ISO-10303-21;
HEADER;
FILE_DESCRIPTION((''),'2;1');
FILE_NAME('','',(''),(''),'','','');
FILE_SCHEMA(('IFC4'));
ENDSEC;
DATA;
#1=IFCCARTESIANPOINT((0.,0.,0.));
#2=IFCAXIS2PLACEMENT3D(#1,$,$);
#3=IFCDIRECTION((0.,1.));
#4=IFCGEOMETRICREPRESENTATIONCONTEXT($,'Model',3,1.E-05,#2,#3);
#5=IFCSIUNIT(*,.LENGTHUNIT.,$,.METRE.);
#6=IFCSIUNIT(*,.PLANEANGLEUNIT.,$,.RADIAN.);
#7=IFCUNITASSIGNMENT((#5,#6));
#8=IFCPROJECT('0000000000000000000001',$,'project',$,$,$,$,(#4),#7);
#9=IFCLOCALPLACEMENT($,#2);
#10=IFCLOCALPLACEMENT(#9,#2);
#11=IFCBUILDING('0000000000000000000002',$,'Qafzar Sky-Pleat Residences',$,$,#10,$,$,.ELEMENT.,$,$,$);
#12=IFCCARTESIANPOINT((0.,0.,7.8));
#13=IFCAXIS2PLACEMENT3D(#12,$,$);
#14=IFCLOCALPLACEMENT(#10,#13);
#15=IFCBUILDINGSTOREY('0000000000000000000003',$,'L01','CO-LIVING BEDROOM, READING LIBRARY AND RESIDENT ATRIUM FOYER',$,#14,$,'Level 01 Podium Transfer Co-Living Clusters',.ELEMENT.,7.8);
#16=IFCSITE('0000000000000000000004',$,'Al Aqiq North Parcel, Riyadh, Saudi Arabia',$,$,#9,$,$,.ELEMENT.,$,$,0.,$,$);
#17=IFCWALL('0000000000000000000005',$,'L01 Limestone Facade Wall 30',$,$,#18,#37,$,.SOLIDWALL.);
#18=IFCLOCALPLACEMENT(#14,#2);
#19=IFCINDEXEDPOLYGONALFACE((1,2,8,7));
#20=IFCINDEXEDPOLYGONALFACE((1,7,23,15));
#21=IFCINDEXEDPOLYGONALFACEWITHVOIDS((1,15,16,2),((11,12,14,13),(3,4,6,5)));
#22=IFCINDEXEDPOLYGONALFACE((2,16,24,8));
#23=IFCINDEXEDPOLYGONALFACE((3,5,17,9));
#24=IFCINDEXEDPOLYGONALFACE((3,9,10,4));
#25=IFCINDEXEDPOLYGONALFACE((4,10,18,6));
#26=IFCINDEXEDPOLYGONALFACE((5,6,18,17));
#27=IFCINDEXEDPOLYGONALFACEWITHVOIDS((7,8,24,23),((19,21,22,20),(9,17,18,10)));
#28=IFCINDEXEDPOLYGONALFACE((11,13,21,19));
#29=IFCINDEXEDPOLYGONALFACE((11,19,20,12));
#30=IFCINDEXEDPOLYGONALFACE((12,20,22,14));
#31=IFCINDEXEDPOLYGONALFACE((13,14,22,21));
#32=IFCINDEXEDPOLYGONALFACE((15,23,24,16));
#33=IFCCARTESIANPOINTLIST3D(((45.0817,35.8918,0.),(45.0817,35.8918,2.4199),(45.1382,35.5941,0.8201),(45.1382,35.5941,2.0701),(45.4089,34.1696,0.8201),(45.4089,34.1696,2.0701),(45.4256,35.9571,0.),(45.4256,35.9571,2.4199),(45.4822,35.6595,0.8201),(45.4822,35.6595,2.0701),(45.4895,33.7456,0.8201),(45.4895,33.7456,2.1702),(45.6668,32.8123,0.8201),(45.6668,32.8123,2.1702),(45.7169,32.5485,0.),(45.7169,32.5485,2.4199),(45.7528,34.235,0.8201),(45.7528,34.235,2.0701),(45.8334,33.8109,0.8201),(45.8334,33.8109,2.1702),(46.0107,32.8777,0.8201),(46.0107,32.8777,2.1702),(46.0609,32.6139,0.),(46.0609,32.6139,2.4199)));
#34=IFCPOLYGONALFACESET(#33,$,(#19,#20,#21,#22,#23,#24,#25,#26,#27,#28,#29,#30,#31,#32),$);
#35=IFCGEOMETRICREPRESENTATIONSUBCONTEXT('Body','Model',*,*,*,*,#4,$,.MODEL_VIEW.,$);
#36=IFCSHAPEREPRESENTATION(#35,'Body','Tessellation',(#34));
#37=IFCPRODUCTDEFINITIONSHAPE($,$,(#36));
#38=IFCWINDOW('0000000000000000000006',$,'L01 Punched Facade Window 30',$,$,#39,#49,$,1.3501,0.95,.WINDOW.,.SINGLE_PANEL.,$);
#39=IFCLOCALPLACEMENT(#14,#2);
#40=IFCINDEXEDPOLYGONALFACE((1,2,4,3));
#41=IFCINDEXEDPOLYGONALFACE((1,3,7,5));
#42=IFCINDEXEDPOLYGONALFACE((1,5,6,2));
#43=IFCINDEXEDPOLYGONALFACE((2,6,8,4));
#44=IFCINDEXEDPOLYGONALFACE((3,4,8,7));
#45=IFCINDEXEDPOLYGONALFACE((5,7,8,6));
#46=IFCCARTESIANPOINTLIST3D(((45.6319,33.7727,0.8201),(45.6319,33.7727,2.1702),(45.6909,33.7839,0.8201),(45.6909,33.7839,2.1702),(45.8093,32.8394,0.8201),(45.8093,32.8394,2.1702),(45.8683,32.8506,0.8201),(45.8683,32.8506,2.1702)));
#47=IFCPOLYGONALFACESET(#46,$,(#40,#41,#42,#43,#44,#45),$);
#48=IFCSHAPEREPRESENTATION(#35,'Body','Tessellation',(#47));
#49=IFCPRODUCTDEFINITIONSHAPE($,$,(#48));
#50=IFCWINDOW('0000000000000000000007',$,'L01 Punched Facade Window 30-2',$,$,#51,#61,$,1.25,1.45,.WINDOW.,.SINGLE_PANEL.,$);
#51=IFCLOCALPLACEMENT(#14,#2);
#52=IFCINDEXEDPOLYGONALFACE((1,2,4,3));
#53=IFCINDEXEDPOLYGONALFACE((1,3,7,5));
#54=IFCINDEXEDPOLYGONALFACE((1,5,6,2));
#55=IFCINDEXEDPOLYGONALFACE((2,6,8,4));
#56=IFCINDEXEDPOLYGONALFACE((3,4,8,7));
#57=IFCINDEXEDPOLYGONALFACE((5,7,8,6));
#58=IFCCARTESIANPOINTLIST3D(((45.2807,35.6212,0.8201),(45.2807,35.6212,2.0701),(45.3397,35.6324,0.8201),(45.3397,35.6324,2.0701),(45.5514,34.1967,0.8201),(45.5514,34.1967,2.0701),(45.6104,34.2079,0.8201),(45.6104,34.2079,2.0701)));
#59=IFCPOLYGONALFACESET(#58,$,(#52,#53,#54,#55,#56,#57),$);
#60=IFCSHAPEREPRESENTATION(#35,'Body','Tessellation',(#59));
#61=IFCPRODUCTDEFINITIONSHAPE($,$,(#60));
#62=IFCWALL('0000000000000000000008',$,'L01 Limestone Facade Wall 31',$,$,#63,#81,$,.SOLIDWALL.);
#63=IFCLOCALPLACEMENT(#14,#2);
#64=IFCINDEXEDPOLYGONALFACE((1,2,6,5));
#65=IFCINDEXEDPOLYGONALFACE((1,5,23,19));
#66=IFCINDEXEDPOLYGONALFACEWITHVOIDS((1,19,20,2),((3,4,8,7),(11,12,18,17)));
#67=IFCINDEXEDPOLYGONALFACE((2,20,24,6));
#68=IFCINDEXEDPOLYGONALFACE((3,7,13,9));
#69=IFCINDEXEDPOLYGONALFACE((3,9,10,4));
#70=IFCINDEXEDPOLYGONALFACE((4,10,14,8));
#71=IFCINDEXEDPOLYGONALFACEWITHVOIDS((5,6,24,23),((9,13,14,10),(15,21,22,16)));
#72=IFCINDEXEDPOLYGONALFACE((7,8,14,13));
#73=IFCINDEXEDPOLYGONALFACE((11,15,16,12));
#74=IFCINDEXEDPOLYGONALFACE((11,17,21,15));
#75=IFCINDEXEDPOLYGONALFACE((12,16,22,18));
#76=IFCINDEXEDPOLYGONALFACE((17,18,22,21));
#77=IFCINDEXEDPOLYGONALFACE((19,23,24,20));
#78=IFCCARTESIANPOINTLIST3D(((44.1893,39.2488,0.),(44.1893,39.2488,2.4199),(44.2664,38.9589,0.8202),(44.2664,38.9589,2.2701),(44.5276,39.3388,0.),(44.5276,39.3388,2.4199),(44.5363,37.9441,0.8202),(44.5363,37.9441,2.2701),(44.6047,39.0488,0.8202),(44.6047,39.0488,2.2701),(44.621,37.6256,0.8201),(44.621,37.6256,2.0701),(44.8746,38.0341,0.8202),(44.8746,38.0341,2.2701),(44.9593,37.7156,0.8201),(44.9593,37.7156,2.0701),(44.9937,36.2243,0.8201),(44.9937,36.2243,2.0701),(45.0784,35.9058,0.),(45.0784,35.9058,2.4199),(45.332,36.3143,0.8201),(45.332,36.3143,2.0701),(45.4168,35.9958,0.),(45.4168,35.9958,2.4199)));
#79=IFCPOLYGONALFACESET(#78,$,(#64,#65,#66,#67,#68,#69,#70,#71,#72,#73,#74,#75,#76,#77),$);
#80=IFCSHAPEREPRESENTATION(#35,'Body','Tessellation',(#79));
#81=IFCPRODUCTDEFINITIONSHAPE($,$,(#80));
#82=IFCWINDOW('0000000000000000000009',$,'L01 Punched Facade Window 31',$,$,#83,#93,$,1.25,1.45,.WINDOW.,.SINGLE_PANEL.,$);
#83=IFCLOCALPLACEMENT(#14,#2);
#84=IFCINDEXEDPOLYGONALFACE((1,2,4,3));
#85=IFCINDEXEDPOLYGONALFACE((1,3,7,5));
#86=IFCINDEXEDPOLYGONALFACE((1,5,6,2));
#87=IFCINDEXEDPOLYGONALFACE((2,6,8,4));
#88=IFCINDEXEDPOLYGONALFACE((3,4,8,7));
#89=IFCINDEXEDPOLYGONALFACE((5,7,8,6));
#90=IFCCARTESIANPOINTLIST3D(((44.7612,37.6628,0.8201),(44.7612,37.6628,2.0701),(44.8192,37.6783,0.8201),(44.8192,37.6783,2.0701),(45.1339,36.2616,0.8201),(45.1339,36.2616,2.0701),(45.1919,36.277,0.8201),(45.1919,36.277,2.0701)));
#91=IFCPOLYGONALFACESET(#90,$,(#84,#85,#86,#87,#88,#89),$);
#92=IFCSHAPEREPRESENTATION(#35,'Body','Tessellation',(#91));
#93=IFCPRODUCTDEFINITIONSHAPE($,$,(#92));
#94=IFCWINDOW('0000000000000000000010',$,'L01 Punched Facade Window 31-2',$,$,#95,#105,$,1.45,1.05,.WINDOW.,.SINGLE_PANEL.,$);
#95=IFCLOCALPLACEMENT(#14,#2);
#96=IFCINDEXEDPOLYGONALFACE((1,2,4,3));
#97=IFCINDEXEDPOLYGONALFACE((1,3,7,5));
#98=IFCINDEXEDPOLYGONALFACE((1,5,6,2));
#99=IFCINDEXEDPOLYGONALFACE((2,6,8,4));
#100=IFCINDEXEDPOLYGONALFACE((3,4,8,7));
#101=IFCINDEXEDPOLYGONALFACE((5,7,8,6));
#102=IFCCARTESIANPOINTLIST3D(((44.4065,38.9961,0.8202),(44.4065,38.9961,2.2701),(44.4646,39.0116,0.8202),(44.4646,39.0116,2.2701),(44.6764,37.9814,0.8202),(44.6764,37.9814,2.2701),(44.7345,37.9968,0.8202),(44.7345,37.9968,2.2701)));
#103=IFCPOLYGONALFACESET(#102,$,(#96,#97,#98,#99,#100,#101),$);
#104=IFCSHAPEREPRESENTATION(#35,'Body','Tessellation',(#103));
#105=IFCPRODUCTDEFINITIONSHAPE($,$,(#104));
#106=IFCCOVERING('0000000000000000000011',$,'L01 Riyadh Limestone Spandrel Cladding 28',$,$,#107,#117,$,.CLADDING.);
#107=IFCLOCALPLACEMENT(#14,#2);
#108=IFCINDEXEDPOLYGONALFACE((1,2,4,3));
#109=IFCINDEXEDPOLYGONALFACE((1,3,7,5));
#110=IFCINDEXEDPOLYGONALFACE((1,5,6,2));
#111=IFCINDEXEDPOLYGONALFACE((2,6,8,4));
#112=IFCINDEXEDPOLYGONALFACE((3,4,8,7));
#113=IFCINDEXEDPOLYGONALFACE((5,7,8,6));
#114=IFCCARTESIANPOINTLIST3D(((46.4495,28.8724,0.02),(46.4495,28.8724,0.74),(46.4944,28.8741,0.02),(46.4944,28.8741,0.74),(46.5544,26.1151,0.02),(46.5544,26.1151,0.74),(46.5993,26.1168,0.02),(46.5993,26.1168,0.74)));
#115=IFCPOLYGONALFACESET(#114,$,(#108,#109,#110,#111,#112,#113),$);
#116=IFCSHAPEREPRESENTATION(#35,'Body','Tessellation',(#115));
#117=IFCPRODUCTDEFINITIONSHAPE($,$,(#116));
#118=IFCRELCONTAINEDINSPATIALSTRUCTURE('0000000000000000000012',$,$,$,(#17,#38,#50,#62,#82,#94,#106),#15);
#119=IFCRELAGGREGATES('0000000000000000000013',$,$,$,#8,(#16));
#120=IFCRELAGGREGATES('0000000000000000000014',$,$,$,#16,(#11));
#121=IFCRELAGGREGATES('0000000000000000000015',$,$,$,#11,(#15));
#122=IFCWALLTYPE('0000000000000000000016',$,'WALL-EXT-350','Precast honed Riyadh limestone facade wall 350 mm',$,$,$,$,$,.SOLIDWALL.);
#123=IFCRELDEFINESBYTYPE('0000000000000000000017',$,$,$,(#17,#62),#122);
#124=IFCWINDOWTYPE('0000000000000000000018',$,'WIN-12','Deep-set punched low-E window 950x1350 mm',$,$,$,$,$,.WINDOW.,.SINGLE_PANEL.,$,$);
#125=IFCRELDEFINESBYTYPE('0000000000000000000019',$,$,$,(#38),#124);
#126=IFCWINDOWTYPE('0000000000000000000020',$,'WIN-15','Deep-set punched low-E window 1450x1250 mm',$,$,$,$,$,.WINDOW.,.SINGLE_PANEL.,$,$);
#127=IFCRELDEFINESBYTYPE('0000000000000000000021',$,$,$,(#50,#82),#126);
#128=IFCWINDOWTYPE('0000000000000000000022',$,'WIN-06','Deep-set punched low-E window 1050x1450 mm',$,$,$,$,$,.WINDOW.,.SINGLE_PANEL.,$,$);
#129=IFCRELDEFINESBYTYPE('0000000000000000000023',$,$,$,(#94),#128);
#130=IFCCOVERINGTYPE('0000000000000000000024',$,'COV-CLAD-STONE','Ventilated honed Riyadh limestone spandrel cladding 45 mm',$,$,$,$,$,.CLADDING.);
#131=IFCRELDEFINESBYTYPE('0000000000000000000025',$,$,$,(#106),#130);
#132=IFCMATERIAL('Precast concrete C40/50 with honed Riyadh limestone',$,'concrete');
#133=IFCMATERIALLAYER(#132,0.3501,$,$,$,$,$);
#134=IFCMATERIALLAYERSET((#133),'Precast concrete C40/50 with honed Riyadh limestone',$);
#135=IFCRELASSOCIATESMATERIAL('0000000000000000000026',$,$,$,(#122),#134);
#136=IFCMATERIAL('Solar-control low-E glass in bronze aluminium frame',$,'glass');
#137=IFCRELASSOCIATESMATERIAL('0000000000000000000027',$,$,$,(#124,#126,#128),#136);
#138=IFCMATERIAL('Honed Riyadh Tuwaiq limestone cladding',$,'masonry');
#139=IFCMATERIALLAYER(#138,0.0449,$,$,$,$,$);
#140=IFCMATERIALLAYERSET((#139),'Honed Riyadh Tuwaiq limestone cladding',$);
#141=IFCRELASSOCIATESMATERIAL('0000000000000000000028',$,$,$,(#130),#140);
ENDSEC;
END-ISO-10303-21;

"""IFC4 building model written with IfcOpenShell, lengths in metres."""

from ifc_helpers import new_model, si_unit, direction, frame, frame_2d, origin, origin_2d, place, context, subcontext, project, spatial, rectangle, extrude, source, transform, mapped, material, layer, layer_set, type_object, element, fill, save


model = new_model("IFC4")

# Units and contexts
model_context = context("Model", 3, precision=1e-05, world=origin(), true_north=direction((0.0, 1.0)))
body_context = subcontext(model_context, "Body", "Model", "MODEL_VIEW")
ifc_project = project(units=[si_unit("LENGTHUNIT", "METRE"), si_unit("PLANEANGLEUNIT", "RADIAN")], contexts=[model_context])

# Site, building, storey
site_placement = place(None, origin())
site = spatial("IfcSite", under=ifc_project, at=site_placement, Name="Al Aqiq North Parcel, Riyadh, Saudi Arabia", CompositionType="ELEMENT", RefElevation=0.0)
building_placement = place(site_placement, origin())
building = spatial("IfcBuilding", under=site, at=building_placement, Name="Qafzar Sky-Pleat Residences", CompositionType="ELEMENT")
storey_placement = place(building_placement, frame((0.0, 0.0, 7.8)))
storey = spatial("IfcBuildingStorey", under=building, at=storey_placement, Name="L01", Description="CO-LIVING BEDROOM, READING LIBRARY AND RESIDENT ATRIUM FOYER", LongName="Level 01 Podium Transfer Co-Living Clusters", CompositionType="ELEMENT", Elevation=7.8)

# Shared definitions
ifc_material_1 = material(Name="Precast concrete C40/50 with honed Riyadh limestone", Category="concrete")
ifc_layer_1 = layer(ifc_material_1, 0.3501)
ifc_layer_set_1 = layer_set([ifc_layer_1], Name="Precast concrete C40/50 with honed Riyadh limestone")
wall_type_1 = type_object("IfcWallType", Name="WALL-EXT-350", Description="Precast honed Riyadh limestone facade wall 350 mm", PredefinedType="SOLIDWALL", material=ifc_layer_set_1)
ifc_material_2 = material(Name="Solar-control low-E glass in bronze aluminium frame", Category="glass")
window_type_1 = type_object("IfcWindowType", Name="WIN-12", Description="Deep-set punched low-E window 950x1350 mm", PartitioningType="SINGLE_PANEL", PredefinedType="WINDOW", material=ifc_material_2)
shared_shape_1 = source(origin(), body_context, "Body", "SweptSolid", [
    extrude(rectangle(XDim=0.95, YDim=1.3501, at=frame_2d((0.4751, 0.675))), frame((0.0, 0.03, 0.0), z_axis=(0.0, -1.0, 0.0), x_axis=(1.0, 0.0, 0.0)), (0.0, 0.0, 1.0), 0.0601),
])

# Walls, openings, windows
wall_1_placement = place(storey_placement, frame((45.8889, 32.5811, 0.0), z_axis=(0.0, 0.0, 1.0), x_axis=(-0.18667, 0.982423, 0.0)))
wall_1 = element("IfcWall", 1, at=wall_1_placement, inside=storey, type_object=wall_type_1, Name="L01 Limestone Facade Wall 30", PredefinedType="SOLIDWALL", context=body_context, shape_type="SweptSolid", body=[
    extrude(rectangle(XDim=3.4031, YDim=0.3501, at=frame_2d((1.7017, 0.0))), origin(), (0.0, 0.0, 1.0), 2.4199),
])
opening_1_placement = place(wall_1_placement, frame((0.2686, 0.0, 0.8201)))
opening_1 = element("IfcOpeningElement", 2, at=opening_1_placement, cuts=wall_1, PredefinedType="OPENING", context=body_context, shape_type="SweptSolid", body=[
    extrude(rectangle(XDim=0.95, YDim=1.3501, at=frame_2d((0.4751, 0.675))), frame((0.0, 0.1851, 0.0), z_axis=(0.0, -1.0, 0.0), x_axis=(1.0, 0.0, 0.0)), (0.0, 0.0, 1.0), 0.3701),
])
opening_2_placement = place(wall_1_placement, frame((1.6501, 0.0, 0.8201)))
opening_2 = element("IfcOpeningElement", 3, at=opening_2_placement, cuts=wall_1, PredefinedType="OPENING", context=body_context, shape_type="SweptSolid", body=[
    extrude(rectangle(XDim=1.45, YDim=1.25, at=frame_2d((0.7251, 0.625))), frame((0.0, 0.1851, 0.0), z_axis=(0.0, -1.0, 0.0), x_axis=(1.0, 0.0, 0.0)), (0.0, 0.0, 1.0), 0.3701),
])
window_1_placement = place(opening_1_placement, origin())
window_1 = element("IfcWindow", 4, at=window_1_placement, inside=storey, type_object=window_type_1, Name="L01 Punched Facade Window 30", OverallHeight=1.3501, OverallWidth=0.95, PartitioningType="SINGLE_PANEL", PredefinedType="WINDOW", context=body_context, shape_type="MappedRepresentation", body=[
    mapped(shared_shape_1, transform((0.0, 0.0, 0.0), x_axis=(1.0, 0.0, 0.0), y_axis=(0.0, 1.0, 0.0), z_axis=(0.0, 0.0, 1.0), scale=1.0)),
])
fill(opening_1, window_1)
window_type_2 = type_object("IfcWindowType", Name="WIN-15", Description="Deep-set punched low-E window 1450x1250 mm", PartitioningType="SINGLE_PANEL", PredefinedType="WINDOW", material=ifc_material_2)
shared_shape_2 = source(origin(), body_context, "Body", "SweptSolid", [
    extrude(rectangle(XDim=1.45, YDim=1.25, at=frame_2d((0.7251, 0.625))), frame((0.0, 0.03, 0.0), z_axis=(0.0, -1.0, 0.0), x_axis=(1.0, 0.0, 0.0)), (0.0, 0.0, 1.0), 0.0601),
])
window_2_placement = place(opening_2_placement, origin())
window_2 = element("IfcWindow", 5, at=window_2_placement, inside=storey, type_object=window_type_2, Name="L01 Punched Facade Window 30-2", OverallHeight=1.25, OverallWidth=1.45, PartitioningType="SINGLE_PANEL", PredefinedType="WINDOW", context=body_context, shape_type="MappedRepresentation", body=[
    mapped(shared_shape_2, transform((0.0, 0.0, 0.0), x_axis=(1.0, 0.0, 0.0), y_axis=(0.0, 1.0, 0.0), z_axis=(0.0, 0.0, 1.0), scale=1.0)),
])
fill(opening_2, window_2)
wall_2_placement = place(storey_placement, frame((45.2476, 35.9509, 0.0), z_axis=(0.0, 0.0, 1.0), x_axis=(-0.257039, 0.966401, 0.0)))
wall_2 = element("IfcWall", 6, at=wall_2_placement, inside=storey, type_object=wall_type_1, Name="L01 Limestone Facade Wall 31", PredefinedType="SOLIDWALL", context=body_context, shape_type="SweptSolid", body=[
    extrude(rectangle(XDim=3.4592, YDim=0.3501, at=frame_2d((1.7295, 0.0))), origin(), (0.0, 0.0, 1.0), 2.4199),
])
opening_3_placement = place(wall_2_placement, frame((0.3293, 0.0, 0.8201)))
opening_3 = element("IfcOpeningElement", 7, at=opening_3_placement, cuts=wall_2, PredefinedType="OPENING", context=body_context, shape_type="SweptSolid", body=[
    extrude(rectangle(XDim=1.45, YDim=1.25, at=frame_2d((0.7251, 0.625))), frame((0.0, 0.1851, 0.0), z_axis=(0.0, -1.0, 0.0), x_axis=(1.0, 0.0, 0.0)), (0.0, 0.0, 1.0), 0.3701),
])
opening_4_placement = place(wall_2_placement, frame((2.1091, 0.0, 0.8201)))
opening_4 = element("IfcOpeningElement", 8, at=opening_4_placement, cuts=wall_2, PredefinedType="OPENING", context=body_context, shape_type="SweptSolid", body=[
    extrude(rectangle(XDim=1.05, YDim=1.45, at=frame_2d((0.5249, 0.7251))), frame((0.0, 0.1851, 0.0), z_axis=(0.0, -1.0, 0.0), x_axis=(1.0, 0.0, 0.0)), (0.0, 0.0, 1.0), 0.3701),
])
window_3_placement = place(opening_3_placement, origin())
window_3 = element("IfcWindow", 9, at=window_3_placement, inside=storey, type_object=window_type_2, Name="L01 Punched Facade Window 31", OverallHeight=1.25, OverallWidth=1.45, PartitioningType="SINGLE_PANEL", PredefinedType="WINDOW", context=body_context, shape_type="MappedRepresentation", body=[
    mapped(shared_shape_2, transform((0.0, 0.0, 0.0), x_axis=(1.0, 0.0, 0.0), y_axis=(0.0, 1.0, 0.0), z_axis=(0.0, 0.0, 1.0), scale=1.0)),
])
fill(opening_3, window_3)
window_type_3 = type_object("IfcWindowType", Name="WIN-06", Description="Deep-set punched low-E window 1050x1450 mm", PartitioningType="SINGLE_PANEL", PredefinedType="WINDOW", material=ifc_material_2)
shared_shape_3 = source(origin(), body_context, "Body", "SweptSolid", [
    extrude(rectangle(XDim=1.05, YDim=1.45, at=frame_2d((0.5249, 0.7251))), frame((0.0, 0.03, 0.0), z_axis=(0.0, -1.0, 0.0), x_axis=(1.0, 0.0, 0.0)), (0.0, 0.0, 1.0), 0.0601),
])
window_4_placement = place(opening_4_placement, origin())
window_4 = element("IfcWindow", 10, at=window_4_placement, inside=storey, type_object=window_type_3, Name="L01 Punched Facade Window 31-2", OverallHeight=1.45, OverallWidth=1.05, PartitioningType="SINGLE_PANEL", PredefinedType="WINDOW", context=body_context, shape_type="MappedRepresentation", body=[
    mapped(shared_shape_3, transform((0.0, 0.0, 0.0), x_axis=(1.0, 0.0, 0.0), y_axis=(0.0, 1.0, 0.0), z_axis=(0.0, 0.0, 1.0), scale=1.0)),
])
fill(opening_4, window_4)

# Covering
ifc_material_3 = material(Name="Honed Riyadh Tuwaiq limestone cladding", Category="masonry")
ifc_layer_2 = layer(ifc_material_3, 0.0449)
ifc_layer_set_2 = layer_set([ifc_layer_2], Name="Honed Riyadh Tuwaiq limestone cladding")
covering_type = type_object("IfcCoveringType", Name="COV-CLAD-STONE", Description="Ventilated honed Riyadh limestone spandrel cladding 45 mm", PredefinedType="CLADDING", material=ifc_layer_set_2)
shared_shape_4 = source(origin(), body_context, "Body", "SweptSolid", [
    extrude(rectangle(XDim=2.7593, YDim=0.0449, at=origin_2d()), origin(), (0.0, 0.0, 1.0), 0.72),
])
covering_placement = place(storey_placement, frame((46.5244, 27.4946, 0.02), z_axis=(0.0, 0.0, 1.0), x_axis=(-0.037998, 0.999278, 0.0)))
element("IfcCovering", 11, at=covering_placement, inside=storey, type_object=covering_type, Name="L01 Riyadh Limestone Spandrel Cladding 28", PredefinedType="CLADDING", context=body_context, shape_type="MappedRepresentation", body=[
    mapped(shared_shape_4, transform((0.0, 0.0, 0.0), x_axis=(1.0, 0.0, 0.0), y_axis=(0.0, 1.0, 0.0), z_axis=(0.0, 0.0, 1.0), scale=1.0)),
])

save(model, "model.ifc")
